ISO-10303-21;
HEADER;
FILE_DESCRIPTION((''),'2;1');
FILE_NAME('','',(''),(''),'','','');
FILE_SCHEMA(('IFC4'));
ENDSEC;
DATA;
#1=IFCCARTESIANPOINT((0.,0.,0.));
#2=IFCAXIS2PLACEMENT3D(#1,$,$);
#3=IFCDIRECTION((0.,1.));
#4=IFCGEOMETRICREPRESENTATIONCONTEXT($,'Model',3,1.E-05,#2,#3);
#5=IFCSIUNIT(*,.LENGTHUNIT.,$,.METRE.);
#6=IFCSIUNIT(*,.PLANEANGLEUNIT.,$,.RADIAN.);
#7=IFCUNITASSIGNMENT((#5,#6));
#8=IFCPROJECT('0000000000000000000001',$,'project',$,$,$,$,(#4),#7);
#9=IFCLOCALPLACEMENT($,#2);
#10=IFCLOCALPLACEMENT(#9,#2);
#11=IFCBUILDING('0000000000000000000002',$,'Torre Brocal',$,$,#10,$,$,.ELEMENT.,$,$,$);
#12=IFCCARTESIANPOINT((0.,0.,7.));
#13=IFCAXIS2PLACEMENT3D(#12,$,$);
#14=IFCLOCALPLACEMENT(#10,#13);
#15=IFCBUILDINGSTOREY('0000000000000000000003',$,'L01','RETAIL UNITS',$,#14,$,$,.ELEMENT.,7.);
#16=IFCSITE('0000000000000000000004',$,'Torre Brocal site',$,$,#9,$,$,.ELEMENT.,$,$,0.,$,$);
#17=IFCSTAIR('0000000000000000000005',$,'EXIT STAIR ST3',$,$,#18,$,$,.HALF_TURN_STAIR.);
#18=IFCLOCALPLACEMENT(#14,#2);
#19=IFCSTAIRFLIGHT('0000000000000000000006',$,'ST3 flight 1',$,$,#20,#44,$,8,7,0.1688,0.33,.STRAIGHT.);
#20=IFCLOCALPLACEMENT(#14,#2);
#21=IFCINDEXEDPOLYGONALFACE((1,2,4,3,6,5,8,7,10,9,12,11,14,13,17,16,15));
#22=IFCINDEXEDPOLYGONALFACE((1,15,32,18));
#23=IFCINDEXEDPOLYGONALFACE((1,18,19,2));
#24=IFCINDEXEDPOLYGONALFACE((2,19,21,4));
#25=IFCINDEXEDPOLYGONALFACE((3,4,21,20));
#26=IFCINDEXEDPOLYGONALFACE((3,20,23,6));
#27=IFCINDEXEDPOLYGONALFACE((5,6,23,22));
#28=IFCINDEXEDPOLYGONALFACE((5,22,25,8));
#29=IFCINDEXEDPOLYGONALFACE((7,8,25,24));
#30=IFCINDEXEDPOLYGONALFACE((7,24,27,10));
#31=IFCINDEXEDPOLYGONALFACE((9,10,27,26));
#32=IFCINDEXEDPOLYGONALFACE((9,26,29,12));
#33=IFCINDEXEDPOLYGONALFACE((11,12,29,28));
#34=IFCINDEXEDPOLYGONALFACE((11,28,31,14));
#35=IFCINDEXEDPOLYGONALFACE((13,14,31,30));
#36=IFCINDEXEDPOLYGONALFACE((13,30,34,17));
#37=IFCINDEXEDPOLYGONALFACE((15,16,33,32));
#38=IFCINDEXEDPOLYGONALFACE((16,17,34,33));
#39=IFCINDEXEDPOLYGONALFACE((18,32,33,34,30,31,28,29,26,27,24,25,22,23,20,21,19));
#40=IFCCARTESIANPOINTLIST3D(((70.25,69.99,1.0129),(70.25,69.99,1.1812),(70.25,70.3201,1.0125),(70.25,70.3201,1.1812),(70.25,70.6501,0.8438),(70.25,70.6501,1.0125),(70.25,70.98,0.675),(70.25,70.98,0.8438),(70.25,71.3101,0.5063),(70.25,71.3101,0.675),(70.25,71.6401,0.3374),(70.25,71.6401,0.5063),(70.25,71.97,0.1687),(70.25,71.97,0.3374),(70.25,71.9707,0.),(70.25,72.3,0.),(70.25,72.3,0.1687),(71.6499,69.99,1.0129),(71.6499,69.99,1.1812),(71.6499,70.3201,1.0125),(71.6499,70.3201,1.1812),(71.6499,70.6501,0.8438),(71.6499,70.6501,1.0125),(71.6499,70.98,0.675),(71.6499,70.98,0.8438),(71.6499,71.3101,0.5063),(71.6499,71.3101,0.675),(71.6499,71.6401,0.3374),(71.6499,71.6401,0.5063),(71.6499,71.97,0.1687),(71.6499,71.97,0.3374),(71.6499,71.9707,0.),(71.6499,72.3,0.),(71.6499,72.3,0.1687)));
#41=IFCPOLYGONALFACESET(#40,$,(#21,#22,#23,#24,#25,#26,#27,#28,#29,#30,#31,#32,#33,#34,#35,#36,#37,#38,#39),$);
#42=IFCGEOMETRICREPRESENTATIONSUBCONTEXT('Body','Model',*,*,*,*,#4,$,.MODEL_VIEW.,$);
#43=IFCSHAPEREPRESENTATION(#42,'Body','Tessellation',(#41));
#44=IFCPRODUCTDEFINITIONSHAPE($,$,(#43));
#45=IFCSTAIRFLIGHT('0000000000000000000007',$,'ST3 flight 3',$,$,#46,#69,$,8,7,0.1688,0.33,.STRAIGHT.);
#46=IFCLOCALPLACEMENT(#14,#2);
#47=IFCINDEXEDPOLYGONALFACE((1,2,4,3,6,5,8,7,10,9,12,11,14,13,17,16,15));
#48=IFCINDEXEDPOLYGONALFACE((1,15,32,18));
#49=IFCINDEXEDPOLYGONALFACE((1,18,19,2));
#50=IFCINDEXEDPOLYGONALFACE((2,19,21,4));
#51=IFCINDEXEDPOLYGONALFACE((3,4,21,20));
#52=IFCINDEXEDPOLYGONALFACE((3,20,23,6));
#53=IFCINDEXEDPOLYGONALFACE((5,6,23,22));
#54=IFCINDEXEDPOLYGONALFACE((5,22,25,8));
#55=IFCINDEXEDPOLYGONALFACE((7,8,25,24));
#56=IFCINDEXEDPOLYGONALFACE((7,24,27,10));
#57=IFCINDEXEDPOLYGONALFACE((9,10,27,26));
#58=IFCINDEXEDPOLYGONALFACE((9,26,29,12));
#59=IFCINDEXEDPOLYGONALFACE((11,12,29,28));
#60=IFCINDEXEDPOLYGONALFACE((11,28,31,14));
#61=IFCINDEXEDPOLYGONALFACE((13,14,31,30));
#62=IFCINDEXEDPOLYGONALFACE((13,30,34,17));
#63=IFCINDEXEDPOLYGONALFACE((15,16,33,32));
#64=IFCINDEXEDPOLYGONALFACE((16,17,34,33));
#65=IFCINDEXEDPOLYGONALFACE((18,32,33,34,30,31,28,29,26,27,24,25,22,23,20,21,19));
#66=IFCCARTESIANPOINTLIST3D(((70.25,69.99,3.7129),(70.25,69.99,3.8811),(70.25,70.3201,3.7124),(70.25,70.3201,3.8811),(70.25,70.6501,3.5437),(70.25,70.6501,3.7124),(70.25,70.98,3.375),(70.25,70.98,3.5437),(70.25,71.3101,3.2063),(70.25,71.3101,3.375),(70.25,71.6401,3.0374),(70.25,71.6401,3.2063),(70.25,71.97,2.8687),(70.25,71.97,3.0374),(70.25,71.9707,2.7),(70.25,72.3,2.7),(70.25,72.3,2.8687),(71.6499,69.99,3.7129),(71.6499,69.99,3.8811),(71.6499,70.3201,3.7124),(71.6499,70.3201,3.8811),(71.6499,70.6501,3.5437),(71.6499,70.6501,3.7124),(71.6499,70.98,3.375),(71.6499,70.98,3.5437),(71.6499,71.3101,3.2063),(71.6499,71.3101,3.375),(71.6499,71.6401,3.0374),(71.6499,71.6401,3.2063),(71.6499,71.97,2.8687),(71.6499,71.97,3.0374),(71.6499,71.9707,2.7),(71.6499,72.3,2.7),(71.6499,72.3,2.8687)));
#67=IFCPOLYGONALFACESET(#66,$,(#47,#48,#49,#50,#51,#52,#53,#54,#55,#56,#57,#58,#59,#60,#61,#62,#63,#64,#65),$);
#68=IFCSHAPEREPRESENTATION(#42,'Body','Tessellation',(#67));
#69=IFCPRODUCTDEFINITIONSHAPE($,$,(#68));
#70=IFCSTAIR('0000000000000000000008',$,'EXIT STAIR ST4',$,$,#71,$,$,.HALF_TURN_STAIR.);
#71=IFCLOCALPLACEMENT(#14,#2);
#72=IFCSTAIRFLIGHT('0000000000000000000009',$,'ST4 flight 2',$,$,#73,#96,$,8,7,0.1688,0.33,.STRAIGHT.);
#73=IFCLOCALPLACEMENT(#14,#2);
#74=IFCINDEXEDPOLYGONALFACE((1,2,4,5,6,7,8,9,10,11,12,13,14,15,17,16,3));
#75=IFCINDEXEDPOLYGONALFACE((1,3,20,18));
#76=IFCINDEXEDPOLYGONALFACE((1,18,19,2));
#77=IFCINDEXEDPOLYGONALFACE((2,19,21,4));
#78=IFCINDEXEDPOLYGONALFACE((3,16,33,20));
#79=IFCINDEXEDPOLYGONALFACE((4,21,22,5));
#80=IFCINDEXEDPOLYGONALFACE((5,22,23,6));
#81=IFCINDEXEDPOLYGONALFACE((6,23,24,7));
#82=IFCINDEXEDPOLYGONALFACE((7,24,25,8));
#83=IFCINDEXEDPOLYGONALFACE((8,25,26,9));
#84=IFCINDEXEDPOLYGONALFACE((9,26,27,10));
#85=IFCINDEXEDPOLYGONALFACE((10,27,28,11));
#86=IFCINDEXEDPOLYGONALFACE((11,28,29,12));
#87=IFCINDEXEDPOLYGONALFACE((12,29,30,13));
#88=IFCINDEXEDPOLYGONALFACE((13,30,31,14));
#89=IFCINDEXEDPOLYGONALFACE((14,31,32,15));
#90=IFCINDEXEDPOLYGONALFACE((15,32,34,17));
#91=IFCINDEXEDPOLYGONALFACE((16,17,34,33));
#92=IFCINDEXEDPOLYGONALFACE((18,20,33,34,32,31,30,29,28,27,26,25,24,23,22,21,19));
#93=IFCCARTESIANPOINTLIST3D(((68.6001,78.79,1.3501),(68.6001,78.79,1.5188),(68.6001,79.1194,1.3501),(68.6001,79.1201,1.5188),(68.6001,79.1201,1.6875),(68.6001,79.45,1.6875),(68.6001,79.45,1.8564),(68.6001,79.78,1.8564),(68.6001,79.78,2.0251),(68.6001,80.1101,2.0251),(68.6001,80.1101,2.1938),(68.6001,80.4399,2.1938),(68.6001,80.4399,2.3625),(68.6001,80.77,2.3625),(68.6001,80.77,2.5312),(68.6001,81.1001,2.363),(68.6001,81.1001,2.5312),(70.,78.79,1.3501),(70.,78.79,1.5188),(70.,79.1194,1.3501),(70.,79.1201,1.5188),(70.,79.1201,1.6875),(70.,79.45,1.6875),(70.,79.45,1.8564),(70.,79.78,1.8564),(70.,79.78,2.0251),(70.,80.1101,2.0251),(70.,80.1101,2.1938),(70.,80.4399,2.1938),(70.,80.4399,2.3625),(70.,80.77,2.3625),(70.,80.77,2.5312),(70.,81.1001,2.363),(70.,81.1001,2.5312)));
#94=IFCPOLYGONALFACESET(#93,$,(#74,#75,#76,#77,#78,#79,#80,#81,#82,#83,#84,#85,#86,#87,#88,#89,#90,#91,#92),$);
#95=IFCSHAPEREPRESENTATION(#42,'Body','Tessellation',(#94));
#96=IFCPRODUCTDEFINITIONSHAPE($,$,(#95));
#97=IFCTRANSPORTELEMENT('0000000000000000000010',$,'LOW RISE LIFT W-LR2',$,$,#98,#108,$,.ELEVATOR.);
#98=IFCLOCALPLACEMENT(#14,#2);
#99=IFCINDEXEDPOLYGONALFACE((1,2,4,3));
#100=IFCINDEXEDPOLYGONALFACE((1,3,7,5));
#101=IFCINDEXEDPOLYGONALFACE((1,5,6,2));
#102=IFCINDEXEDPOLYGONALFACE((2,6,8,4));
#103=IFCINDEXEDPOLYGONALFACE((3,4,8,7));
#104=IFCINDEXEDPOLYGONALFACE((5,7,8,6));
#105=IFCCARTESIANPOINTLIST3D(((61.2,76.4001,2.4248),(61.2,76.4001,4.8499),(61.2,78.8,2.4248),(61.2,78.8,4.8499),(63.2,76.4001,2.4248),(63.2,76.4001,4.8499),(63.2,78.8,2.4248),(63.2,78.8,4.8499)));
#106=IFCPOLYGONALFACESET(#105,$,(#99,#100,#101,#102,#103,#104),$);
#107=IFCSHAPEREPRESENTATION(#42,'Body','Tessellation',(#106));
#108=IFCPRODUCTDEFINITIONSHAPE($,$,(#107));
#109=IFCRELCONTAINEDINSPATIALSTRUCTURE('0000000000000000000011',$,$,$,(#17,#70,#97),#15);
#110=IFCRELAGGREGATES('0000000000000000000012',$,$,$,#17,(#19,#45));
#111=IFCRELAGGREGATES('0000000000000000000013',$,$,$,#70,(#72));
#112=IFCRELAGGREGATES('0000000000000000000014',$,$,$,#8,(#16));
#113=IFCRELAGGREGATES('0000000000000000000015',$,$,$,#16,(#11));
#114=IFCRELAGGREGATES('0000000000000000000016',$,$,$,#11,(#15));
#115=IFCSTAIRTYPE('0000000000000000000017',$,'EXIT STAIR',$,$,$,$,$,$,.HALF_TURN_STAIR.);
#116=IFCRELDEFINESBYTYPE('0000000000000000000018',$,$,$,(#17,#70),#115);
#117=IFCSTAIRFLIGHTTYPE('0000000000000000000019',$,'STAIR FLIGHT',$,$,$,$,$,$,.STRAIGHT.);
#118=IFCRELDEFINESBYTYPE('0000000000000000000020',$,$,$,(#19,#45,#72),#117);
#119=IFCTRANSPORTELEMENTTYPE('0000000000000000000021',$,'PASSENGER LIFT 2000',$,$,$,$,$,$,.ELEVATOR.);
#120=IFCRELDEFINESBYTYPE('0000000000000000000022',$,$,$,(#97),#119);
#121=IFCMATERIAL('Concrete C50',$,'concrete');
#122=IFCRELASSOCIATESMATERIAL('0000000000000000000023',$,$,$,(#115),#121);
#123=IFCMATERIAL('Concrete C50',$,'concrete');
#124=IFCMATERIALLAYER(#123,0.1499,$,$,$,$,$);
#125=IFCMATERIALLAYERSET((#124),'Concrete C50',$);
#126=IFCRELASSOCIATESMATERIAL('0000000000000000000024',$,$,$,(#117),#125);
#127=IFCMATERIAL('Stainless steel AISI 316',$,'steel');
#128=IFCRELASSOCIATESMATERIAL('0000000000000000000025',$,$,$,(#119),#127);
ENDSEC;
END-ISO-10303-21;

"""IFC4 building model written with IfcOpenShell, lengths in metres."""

from ifc_helpers import new_model, si_unit, direction, frame, origin, origin_2d, place, context, subcontext, project, spatial, polyline, rectangle, outline, extrude, material, layer, layer_set, type_object, element, aggregate, save


model = new_model("IFC4")

# Units and contexts
model_context = context("Model", 3, precision=1e-05, world=origin(), true_north=direction((0.0, 1.0)))
body_context = subcontext(model_context, "Body", "Model", "MODEL_VIEW")
ifc_project = project(units=[si_unit("LENGTHUNIT", "METRE"), si_unit("PLANEANGLEUNIT", "RADIAN")], contexts=[model_context])

# Site, building, storey
site_placement = place(None, origin())
site = spatial("IfcSite", under=ifc_project, at=site_placement, Name="Torre Brocal site", CompositionType="ELEMENT", RefElevation=0.0)
building_placement = place(site_placement, origin())
building = spatial("IfcBuilding", under=site, at=building_placement, Name="Torre Brocal", CompositionType="ELEMENT")
storey_placement = place(building_placement, frame((0.0, 0.0, 7.0)))
storey = spatial("IfcBuildingStorey", under=building, at=storey_placement, Name="L01", Description="RETAIL UNITS", CompositionType="ELEMENT", Elevation=7.0)

# Stair, stair flights
ifc_material_1 = material(Name="Concrete C50", Category="concrete")
stair_type = type_object("IfcStairType", Name="EXIT STAIR", PredefinedType="HALF_TURN_STAIR", material=ifc_material_1)
stair_1_placement = place(storey_placement, origin())
stair_1 = element("IfcStair", 1, at=stair_1_placement, inside=storey, type_object=stair_type, Name="EXIT STAIR ST3", PredefinedType="HALF_TURN_STAIR")
ifc_material_2 = material(Name="Concrete C50", Category="concrete")
ifc_layer_1 = layer(ifc_material_2, 0.1499)
ifc_layer_set_1 = layer_set([ifc_layer_1], Name="Concrete C50")
stair_flight_type = type_object("IfcStairFlightType", Name="STAIR FLIGHT", PredefinedType="STRAIGHT", material=ifc_layer_set_1)
stair_flight_1_placement = place(storey_placement, frame((70.95, 72.3, 0.0), z_axis=(0.0, 0.0, 1.0), x_axis=(0.0, -1.0, 0.0)))
stair_flight_1 = element("IfcStairFlight", 2, at=stair_flight_1_placement, type_object=stair_flight_type, Name="ST3 flight 1", NumberOfRisers=8, NumberOfTreads=7, PredefinedType="STRAIGHT", RiserHeight=0.1688, TreadLength=0.33, context=body_context, shape_type="SweptSolid", body=[
    extrude(outline(polyline([(0.0, 0.0), (0.0, 0.1687), (0.3301, 0.1687), (0.3301, 0.3374), (0.6599, 0.3374), (0.6599, 0.5063), (0.99, 0.5063), (0.99, 0.675), (1.3201, 0.675), (1.3201, 0.8438), (1.6499, 0.8438), (1.6499, 1.0125), (1.98, 1.0125), (1.98, 1.1812), (2.3101, 1.1812), (2.3101, 1.3501), (2.3101, 1.0129), (0.3293, 0.0), (0.0, 0.0)])), frame((0.0, 0.7, 0.0), z_axis=(0.0, -1.0, 0.0), x_axis=(1.0, 0.0, 0.0)), (0.0, 0.0, 1.0), 1.3999),
])
stair_flight_2_placement = place(storey_placement, frame((70.95, 72.3, 2.7), z_axis=(0.0, 0.0, 1.0), x_axis=(0.0, -1.0, 0.0)))
stair_flight_2 = element("IfcStairFlight", 3, at=stair_flight_2_placement, type_object=stair_flight_type, Name="ST3 flight 3", NumberOfRisers=8, NumberOfTreads=7, PredefinedType="STRAIGHT", RiserHeight=0.1688, TreadLength=0.33, context=body_context, shape_type="SweptSolid", body=[
    extrude(outline(polyline([(0.0, 0.0), (0.0, 0.1687), (0.3301, 0.1687), (0.3301, 0.3374), (0.6599, 0.3374), (0.6599, 0.5063), (0.99, 0.5063), (0.99, 0.675), (1.3201, 0.675), (1.3201, 0.8438), (1.6499, 0.8438), (1.6499, 1.0125), (1.98, 1.0125), (1.98, 1.1812), (2.3101, 1.1812), (2.3101, 1.3501), (2.3101, 1.0129), (0.3293, 0.0), (0.0, 0.0)])), frame((0.0, 0.7, 0.0), z_axis=(0.0, -1.0, 0.0), x_axis=(1.0, 0.0, 0.0)), (0.0, 0.0, 1.0), 1.3999),
])
aggregate(stair_1, [stair_flight_1, stair_flight_2])

# Stair, stair flight
stair_2_placement = place(storey_placement, origin())
stair_2 = element("IfcStair", 4, at=stair_2_placement, inside=storey, type_object=stair_type, Name="EXIT STAIR ST4", PredefinedType="HALF_TURN_STAIR")
stair_flight_3_placement = place(storey_placement, frame((69.3, 78.79, 1.3501), z_axis=(0.0, 0.0, 1.0), x_axis=(0.0, 1.0, 0.0)))
stair_flight_3 = element("IfcStairFlight", 5, at=stair_flight_3_placement, type_object=stair_flight_type, Name="ST4 flight 2", NumberOfRisers=8, NumberOfTreads=7, PredefinedType="STRAIGHT", RiserHeight=0.1688, TreadLength=0.33, context=body_context, shape_type="SweptSolid", body=[
    extrude(outline(polyline([(0.0, 0.0), (0.0, 0.1687), (0.3301, 0.1687), (0.3301, 0.3374), (0.6599, 0.3374), (0.6599, 0.5063), (0.99, 0.5063), (0.99, 0.675), (1.3201, 0.675), (1.3201, 0.8438), (1.6499, 0.8438), (1.6499, 1.0125), (1.98, 1.0125), (1.98, 1.1812), (2.3101, 1.1812), (2.3101, 1.3501), (2.3101, 1.0129), (0.3293, 0.0), (0.0, 0.0)])), frame((0.0, 0.7, 0.0), z_axis=(0.0, -1.0, 0.0), x_axis=(1.0, 0.0, 0.0)), (0.0, 0.0, 1.0), 1.3999),
])
aggregate(stair_2, [stair_flight_3])

# Transport element
ifc_material_3 = material(Name="Stainless steel AISI 316", Category="steel")
transport_element_type = type_object("IfcTransportElementType", Name="PASSENGER LIFT 2000", PredefinedType="ELEVATOR", material=ifc_material_3)
transport_element_placement = place(storey_placement, frame((62.2, 77.6001, 2.4248), z_axis=(0.0, 0.0, 1.0), x_axis=(1.0, 0.0, 0.0)))
element("IfcTransportElement", 6, at=transport_element_placement, inside=storey, type_object=transport_element_type, Name="LOW RISE LIFT W-LR2", PredefinedType="ELEVATOR", context=body_context, shape_type="SweptSolid", body=[
    extrude(rectangle(XDim=2.0, YDim=2.3999, at=origin_2d()), origin(), (0.0, 0.0, 1.0), 2.425),
])

save(model, "model.ifc")
